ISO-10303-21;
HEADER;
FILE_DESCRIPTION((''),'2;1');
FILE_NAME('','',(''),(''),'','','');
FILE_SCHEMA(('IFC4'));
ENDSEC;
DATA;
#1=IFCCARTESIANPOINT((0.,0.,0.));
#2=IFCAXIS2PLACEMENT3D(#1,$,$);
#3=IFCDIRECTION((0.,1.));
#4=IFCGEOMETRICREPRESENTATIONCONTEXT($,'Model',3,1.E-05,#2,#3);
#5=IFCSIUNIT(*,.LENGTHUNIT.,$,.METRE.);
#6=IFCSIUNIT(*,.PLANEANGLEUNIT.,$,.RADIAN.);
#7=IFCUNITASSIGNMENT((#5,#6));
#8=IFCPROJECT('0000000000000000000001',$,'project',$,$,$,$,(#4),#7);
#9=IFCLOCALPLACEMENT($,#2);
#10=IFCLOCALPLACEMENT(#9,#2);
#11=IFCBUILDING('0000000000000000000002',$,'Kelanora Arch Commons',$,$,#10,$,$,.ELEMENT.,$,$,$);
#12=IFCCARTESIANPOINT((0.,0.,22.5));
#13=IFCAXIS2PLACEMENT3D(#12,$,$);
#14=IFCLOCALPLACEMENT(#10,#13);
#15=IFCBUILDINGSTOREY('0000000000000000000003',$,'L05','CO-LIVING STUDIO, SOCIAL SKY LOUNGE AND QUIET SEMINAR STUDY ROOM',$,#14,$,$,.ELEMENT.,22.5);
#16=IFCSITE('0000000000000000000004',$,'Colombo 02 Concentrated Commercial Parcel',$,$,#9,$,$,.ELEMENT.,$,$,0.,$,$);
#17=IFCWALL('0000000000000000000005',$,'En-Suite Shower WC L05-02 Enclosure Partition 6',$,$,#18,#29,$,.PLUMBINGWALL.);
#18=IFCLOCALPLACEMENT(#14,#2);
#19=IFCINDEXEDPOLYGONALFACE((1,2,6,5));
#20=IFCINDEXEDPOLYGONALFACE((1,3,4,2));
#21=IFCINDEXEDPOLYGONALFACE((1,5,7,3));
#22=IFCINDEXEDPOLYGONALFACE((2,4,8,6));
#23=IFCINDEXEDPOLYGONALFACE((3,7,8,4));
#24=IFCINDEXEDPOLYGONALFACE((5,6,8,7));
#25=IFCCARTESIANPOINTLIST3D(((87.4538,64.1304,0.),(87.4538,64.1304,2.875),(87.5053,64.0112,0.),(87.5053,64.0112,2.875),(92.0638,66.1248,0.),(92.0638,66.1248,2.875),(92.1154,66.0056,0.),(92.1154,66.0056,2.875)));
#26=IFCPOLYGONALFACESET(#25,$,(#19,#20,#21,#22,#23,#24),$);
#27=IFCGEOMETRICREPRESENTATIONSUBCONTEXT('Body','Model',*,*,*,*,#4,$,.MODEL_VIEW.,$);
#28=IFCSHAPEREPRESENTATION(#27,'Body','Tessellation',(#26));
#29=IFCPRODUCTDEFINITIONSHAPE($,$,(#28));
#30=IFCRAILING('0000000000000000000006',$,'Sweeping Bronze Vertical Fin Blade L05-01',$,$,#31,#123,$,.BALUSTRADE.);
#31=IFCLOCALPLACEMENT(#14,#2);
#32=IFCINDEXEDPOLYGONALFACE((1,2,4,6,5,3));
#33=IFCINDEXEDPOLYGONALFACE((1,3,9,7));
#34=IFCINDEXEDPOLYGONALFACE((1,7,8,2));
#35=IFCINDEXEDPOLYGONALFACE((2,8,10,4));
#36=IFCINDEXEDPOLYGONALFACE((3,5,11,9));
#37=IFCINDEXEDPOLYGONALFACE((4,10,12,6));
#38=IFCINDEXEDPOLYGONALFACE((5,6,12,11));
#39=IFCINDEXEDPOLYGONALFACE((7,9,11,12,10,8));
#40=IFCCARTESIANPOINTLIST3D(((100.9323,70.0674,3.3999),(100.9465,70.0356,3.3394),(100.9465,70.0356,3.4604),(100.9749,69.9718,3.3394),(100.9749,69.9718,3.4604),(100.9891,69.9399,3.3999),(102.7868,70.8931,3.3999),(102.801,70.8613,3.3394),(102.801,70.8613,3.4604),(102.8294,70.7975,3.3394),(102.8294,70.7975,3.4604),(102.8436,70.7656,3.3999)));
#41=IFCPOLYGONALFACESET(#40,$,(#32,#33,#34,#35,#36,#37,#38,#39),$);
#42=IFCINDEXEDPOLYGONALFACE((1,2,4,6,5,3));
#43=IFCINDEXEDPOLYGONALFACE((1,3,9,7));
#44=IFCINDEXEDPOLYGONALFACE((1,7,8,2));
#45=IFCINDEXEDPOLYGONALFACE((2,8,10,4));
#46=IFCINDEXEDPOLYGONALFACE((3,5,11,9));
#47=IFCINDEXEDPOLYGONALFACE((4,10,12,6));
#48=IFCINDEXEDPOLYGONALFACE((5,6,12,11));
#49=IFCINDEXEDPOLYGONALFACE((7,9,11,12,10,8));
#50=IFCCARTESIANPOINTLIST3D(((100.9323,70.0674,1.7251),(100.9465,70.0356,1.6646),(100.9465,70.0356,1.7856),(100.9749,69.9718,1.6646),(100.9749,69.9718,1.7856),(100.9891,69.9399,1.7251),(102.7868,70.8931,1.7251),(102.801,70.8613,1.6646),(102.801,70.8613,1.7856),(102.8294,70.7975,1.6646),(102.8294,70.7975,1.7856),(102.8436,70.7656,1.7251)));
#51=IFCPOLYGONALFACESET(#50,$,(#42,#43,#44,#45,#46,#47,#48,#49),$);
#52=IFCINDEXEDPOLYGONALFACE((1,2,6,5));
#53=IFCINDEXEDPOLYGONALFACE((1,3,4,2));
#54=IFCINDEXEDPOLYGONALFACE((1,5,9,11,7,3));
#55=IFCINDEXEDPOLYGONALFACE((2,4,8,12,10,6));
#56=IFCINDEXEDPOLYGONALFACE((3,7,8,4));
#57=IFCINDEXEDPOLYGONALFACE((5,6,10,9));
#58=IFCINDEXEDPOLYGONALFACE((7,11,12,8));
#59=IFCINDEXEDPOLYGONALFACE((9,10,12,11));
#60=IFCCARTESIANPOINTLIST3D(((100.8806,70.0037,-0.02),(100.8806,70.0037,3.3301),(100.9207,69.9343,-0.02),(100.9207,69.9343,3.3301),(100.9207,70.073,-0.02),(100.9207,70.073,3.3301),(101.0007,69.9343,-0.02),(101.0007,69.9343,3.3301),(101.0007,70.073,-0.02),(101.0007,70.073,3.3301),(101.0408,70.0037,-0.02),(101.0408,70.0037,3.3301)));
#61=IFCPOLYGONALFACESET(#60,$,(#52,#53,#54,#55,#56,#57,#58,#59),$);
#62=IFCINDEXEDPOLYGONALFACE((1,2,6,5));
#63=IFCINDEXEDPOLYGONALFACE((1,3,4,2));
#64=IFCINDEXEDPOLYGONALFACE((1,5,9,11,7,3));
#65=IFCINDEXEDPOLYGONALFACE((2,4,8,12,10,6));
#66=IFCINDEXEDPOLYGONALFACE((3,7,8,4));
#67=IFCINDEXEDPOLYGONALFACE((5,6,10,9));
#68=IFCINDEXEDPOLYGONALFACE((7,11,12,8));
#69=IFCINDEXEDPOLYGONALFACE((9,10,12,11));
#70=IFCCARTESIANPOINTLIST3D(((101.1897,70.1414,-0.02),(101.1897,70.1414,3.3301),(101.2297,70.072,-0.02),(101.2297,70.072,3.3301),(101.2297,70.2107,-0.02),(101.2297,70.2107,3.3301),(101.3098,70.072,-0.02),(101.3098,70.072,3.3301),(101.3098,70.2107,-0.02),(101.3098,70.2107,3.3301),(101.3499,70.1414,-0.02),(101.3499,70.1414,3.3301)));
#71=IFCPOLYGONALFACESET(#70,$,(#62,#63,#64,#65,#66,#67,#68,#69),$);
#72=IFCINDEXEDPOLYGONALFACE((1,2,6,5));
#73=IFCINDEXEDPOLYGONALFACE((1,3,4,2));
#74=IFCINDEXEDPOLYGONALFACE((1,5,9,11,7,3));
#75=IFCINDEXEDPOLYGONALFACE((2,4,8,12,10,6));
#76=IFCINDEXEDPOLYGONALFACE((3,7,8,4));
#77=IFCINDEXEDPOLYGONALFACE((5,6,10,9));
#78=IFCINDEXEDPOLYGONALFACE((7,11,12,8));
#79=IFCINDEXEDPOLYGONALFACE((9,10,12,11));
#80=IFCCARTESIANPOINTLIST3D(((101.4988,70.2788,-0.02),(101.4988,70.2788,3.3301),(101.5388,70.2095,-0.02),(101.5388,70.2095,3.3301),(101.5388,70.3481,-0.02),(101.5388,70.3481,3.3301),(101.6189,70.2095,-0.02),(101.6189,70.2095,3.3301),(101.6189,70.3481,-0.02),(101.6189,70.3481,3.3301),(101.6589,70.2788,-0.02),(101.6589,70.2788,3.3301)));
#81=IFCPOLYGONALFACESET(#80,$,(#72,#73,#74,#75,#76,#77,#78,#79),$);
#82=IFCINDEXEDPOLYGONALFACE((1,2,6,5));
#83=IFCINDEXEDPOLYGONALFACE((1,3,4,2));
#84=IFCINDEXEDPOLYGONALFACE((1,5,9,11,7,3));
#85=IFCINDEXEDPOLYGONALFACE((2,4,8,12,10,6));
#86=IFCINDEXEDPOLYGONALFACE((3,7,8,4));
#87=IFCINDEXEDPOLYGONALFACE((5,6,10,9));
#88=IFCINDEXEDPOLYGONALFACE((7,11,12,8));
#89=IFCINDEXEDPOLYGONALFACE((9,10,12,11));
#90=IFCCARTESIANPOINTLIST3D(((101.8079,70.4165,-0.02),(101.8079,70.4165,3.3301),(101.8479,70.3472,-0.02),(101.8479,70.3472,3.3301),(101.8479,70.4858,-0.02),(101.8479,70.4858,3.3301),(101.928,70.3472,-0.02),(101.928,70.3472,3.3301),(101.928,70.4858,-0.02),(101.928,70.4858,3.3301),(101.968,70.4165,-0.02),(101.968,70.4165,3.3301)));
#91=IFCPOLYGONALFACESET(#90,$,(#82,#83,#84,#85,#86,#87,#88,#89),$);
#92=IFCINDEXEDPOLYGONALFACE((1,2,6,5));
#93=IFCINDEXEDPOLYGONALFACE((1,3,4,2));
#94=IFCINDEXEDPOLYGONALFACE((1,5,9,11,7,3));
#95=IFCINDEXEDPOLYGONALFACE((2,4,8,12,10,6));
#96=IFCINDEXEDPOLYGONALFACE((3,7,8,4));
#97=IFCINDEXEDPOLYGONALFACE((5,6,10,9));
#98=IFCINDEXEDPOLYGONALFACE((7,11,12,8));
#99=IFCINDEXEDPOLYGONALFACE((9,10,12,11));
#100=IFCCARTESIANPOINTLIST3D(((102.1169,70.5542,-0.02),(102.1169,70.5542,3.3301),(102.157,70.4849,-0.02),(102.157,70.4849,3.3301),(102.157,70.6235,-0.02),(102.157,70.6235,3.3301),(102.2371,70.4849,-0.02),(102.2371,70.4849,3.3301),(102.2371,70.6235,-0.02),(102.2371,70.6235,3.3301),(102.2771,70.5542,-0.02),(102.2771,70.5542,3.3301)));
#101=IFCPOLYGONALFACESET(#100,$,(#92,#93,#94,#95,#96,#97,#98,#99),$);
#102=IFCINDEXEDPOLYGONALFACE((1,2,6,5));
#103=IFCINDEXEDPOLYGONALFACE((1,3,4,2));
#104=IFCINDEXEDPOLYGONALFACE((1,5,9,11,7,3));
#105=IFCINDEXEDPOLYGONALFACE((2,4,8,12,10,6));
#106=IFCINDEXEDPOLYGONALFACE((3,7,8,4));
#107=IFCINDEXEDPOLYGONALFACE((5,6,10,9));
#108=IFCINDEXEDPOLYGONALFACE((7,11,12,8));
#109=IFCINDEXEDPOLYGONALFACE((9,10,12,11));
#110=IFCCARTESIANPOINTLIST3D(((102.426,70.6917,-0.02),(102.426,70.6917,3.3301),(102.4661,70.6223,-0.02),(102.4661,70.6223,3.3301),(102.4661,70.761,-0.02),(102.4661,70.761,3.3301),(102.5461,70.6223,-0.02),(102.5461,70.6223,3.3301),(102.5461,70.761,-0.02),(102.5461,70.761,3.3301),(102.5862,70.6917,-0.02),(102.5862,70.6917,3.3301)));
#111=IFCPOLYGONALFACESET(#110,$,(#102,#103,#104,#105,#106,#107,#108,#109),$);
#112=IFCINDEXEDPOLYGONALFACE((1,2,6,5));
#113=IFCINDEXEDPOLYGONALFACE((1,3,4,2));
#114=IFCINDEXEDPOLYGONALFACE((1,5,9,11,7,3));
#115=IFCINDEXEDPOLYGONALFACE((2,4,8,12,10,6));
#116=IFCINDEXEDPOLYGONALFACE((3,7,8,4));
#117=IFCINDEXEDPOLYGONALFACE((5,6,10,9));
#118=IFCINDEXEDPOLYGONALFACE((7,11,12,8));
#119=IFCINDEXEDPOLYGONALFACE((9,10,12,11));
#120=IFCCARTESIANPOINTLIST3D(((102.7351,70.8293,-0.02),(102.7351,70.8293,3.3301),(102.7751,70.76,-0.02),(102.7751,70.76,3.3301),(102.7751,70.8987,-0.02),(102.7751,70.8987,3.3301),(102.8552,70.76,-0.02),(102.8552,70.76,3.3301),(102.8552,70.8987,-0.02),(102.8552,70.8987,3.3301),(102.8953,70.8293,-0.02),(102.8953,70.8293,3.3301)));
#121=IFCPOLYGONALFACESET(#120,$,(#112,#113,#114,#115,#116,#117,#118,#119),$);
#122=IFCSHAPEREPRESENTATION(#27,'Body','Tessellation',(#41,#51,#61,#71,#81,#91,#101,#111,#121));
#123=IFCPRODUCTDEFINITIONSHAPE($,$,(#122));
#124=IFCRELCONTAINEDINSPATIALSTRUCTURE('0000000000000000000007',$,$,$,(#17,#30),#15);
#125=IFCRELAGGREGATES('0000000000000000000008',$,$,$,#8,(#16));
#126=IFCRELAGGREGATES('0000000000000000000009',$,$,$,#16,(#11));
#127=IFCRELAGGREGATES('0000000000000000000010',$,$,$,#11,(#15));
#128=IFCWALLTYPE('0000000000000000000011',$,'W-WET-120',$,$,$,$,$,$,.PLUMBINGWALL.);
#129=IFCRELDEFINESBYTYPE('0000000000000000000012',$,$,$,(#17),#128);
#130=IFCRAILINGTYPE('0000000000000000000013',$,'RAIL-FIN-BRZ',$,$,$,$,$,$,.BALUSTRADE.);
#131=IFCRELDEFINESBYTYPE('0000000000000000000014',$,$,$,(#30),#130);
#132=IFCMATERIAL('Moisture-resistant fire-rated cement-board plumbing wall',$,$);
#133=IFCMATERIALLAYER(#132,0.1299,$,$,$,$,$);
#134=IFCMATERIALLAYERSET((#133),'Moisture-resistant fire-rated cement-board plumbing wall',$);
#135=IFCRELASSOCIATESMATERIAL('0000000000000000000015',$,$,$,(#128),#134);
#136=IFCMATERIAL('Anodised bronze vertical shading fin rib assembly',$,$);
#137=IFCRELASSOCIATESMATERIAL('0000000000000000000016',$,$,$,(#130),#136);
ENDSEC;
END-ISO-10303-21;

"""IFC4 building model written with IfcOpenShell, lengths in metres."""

from ifc_helpers import new_model, si_unit, direction, frame, frame_2d, origin, place, context, subcontext, project, spatial, polyline, rectangle, outline, extrude, material, layer, layer_set, type_object, element, save


model = new_model("IFC4")

# Units and contexts
model_context = context("Model", 3, precision=1e-05, world=origin(), true_north=direction((0.0, 1.0)))
body_context = subcontext(model_context, "Body", "Model", "MODEL_VIEW")
ifc_project = project(units=[si_unit("LENGTHUNIT", "METRE"), si_unit("PLANEANGLEUNIT", "RADIAN")], contexts=[model_context])

# Site, building, storey
site_placement = place(None, origin())
site = spatial("IfcSite", under=ifc_project, at=site_placement, Name="Colombo 02 Concentrated Commercial Parcel", CompositionType="ELEMENT", RefElevation=0.0)
building_placement = place(site_placement, origin())
building = spatial("IfcBuilding", under=site, at=building_placement, Name="Kelanora Arch Commons", CompositionType="ELEMENT")
storey_placement = place(building_placement, frame((0.0, 0.0, 22.5)))
storey = spatial("IfcBuildingStorey", under=building, at=storey_placement, Name="L05", Description="CO-LIVING STUDIO, SOCIAL SKY LOUNGE AND QUIET SEMINAR STUDY ROOM", CompositionType="ELEMENT", Elevation=22.5)

# Wall
ifc_material_1 = material(Name="Moisture-resistant fire-rated cement-board plumbing wall")
ifc_layer_1 = layer(ifc_material_1, 0.1299)
ifc_layer_set_1 = layer_set([ifc_layer_1], Name="Moisture-resistant fire-rated cement-board plumbing wall")
wall_type_1 = type_object("IfcWallType", Name="W-WET-120", PredefinedType="PLUMBINGWALL", material=ifc_layer_set_1)
wall_1_placement = place(storey_placement, frame((92.0896, 66.0652, 0.0), z_axis=(0.0, 0.0, 1.0), x_axis=(-0.917797, -0.397049, 0.0)))
element("IfcWall", 1, at=wall_1_placement, inside=storey, type_object=wall_type_1, Name="En-Suite Shower WC L05-02 Enclosure Partition 6", PredefinedType="PLUMBINGWALL", context=body_context, shape_type="SweptSolid", body=[
    extrude(rectangle(XDim=5.0229, YDim=0.1299, at=frame_2d((2.5115, 0.0))), origin(), (0.0, 0.0, 1.0), 2.875),
])

# Railing
ifc_material_2 = material(Name="Anodised bronze vertical shading fin rib assembly")
railing_type = type_object("IfcRailingType", Name="RAIL-FIN-BRZ", PredefinedType="BALUSTRADE", material=ifc_material_2)
railing_1_placement = place(storey_placement, frame((100.9607, 70.0037, -0.02)))
element("IfcRailing", 2, at=railing_1_placement, inside=storey, type_object=railing_type, Name="Sweeping Bronze Vertical Fin Blade L05-01", PredefinedType="BALUSTRADE", context=body_context, shape_type="SweptSolid", body=[
    extrude(outline(polyline([(0.0698, 0.0), (0.0349, 0.0605), (-0.0349, 0.0605), (-0.0698, 0.0), (-0.0349, -0.0605), (0.0349, -0.0605), (0.0698, 0.0)])), frame((0.0, 0.0, 3.4199), z_axis=(0.913544, 0.406741, 0.0), x_axis=(-0.406741, 0.913544, 0.0)), (0.0, 0.0, 1.0), 2.03),
    extrude(outline(polyline([(0.0698, 0.0), (0.0349, 0.0605), (-0.0349, 0.0605), (-0.0698, 0.0), (-0.0349, -0.0605), (0.0349, -0.0605), (0.0698, 0.0)])), frame((0.0, 0.0, 1.7451), z_axis=(0.913544, 0.406741, 0.0), x_axis=(-0.406741, 0.913544, 0.0)), (0.0, 0.0, 1.0), 2.03),
    extrude(outline(polyline([(0.0801, 0.0), (0.04, 0.0693), (-0.04, 0.0693), (-0.0801, 0.0), (-0.04, -0.0693), (0.04, -0.0693), (0.0801, 0.0)])), origin(), (0.0, 0.0, 1.0), 3.3501),
    extrude(outline(polyline([(0.0801, 0.0), (0.04, 0.0693), (-0.04, 0.0693), (-0.0801, 0.0), (-0.04, -0.0693), (0.04, -0.0693), (0.0801, 0.0)])), frame((0.3091, 0.1377, 0.0)), (0.0, 0.0, 1.0), 3.3501),
    extrude(outline(polyline([(0.0801, 0.0), (0.04, 0.0693), (-0.04, 0.0693), (-0.0801, 0.0), (-0.04, -0.0693), (0.04, -0.0693), (0.0801, 0.0)])), frame((0.6182, 0.2751, 0.0)), (0.0, 0.0, 1.0), 3.3501),
    extrude(outline(polyline([(0.0801, 0.0), (0.04, 0.0693), (-0.04, 0.0693), (-0.0801, 0.0), (-0.04, -0.0693), (0.04, -0.0693), (0.0801, 0.0)])), frame((0.9272, 0.4128, 0.0)), (0.0, 0.0, 1.0), 3.3501),
    extrude(outline(polyline([(0.0801, 0.0), (0.04, 0.0693), (-0.04, 0.0693), (-0.0801, 0.0), (-0.04, -0.0693), (0.04, -0.0693), (0.0801, 0.0)])), frame((1.2363, 0.5505, 0.0)), (0.0, 0.0, 1.0), 3.3501),
    extrude(outline(polyline([(0.0801, 0.0), (0.04, 0.0693), (-0.04, 0.0693), (-0.0801, 0.0), (-0.04, -0.0693), (0.04, -0.0693), (0.0801, 0.0)])), frame((1.5454, 0.688, 0.0)), (0.0, 0.0, 1.0), 3.3501),
    extrude(outline(polyline([(0.0801, 0.0), (0.04, 0.0693), (-0.04, 0.0693), (-0.0801, 0.0), (-0.04, -0.0693), (0.04, -0.0693), (0.0801, 0.0)])), frame((1.8545, 0.8257, 0.0)), (0.0, 0.0, 1.0), 3.3501),
])

save(model, "model.ifc")
